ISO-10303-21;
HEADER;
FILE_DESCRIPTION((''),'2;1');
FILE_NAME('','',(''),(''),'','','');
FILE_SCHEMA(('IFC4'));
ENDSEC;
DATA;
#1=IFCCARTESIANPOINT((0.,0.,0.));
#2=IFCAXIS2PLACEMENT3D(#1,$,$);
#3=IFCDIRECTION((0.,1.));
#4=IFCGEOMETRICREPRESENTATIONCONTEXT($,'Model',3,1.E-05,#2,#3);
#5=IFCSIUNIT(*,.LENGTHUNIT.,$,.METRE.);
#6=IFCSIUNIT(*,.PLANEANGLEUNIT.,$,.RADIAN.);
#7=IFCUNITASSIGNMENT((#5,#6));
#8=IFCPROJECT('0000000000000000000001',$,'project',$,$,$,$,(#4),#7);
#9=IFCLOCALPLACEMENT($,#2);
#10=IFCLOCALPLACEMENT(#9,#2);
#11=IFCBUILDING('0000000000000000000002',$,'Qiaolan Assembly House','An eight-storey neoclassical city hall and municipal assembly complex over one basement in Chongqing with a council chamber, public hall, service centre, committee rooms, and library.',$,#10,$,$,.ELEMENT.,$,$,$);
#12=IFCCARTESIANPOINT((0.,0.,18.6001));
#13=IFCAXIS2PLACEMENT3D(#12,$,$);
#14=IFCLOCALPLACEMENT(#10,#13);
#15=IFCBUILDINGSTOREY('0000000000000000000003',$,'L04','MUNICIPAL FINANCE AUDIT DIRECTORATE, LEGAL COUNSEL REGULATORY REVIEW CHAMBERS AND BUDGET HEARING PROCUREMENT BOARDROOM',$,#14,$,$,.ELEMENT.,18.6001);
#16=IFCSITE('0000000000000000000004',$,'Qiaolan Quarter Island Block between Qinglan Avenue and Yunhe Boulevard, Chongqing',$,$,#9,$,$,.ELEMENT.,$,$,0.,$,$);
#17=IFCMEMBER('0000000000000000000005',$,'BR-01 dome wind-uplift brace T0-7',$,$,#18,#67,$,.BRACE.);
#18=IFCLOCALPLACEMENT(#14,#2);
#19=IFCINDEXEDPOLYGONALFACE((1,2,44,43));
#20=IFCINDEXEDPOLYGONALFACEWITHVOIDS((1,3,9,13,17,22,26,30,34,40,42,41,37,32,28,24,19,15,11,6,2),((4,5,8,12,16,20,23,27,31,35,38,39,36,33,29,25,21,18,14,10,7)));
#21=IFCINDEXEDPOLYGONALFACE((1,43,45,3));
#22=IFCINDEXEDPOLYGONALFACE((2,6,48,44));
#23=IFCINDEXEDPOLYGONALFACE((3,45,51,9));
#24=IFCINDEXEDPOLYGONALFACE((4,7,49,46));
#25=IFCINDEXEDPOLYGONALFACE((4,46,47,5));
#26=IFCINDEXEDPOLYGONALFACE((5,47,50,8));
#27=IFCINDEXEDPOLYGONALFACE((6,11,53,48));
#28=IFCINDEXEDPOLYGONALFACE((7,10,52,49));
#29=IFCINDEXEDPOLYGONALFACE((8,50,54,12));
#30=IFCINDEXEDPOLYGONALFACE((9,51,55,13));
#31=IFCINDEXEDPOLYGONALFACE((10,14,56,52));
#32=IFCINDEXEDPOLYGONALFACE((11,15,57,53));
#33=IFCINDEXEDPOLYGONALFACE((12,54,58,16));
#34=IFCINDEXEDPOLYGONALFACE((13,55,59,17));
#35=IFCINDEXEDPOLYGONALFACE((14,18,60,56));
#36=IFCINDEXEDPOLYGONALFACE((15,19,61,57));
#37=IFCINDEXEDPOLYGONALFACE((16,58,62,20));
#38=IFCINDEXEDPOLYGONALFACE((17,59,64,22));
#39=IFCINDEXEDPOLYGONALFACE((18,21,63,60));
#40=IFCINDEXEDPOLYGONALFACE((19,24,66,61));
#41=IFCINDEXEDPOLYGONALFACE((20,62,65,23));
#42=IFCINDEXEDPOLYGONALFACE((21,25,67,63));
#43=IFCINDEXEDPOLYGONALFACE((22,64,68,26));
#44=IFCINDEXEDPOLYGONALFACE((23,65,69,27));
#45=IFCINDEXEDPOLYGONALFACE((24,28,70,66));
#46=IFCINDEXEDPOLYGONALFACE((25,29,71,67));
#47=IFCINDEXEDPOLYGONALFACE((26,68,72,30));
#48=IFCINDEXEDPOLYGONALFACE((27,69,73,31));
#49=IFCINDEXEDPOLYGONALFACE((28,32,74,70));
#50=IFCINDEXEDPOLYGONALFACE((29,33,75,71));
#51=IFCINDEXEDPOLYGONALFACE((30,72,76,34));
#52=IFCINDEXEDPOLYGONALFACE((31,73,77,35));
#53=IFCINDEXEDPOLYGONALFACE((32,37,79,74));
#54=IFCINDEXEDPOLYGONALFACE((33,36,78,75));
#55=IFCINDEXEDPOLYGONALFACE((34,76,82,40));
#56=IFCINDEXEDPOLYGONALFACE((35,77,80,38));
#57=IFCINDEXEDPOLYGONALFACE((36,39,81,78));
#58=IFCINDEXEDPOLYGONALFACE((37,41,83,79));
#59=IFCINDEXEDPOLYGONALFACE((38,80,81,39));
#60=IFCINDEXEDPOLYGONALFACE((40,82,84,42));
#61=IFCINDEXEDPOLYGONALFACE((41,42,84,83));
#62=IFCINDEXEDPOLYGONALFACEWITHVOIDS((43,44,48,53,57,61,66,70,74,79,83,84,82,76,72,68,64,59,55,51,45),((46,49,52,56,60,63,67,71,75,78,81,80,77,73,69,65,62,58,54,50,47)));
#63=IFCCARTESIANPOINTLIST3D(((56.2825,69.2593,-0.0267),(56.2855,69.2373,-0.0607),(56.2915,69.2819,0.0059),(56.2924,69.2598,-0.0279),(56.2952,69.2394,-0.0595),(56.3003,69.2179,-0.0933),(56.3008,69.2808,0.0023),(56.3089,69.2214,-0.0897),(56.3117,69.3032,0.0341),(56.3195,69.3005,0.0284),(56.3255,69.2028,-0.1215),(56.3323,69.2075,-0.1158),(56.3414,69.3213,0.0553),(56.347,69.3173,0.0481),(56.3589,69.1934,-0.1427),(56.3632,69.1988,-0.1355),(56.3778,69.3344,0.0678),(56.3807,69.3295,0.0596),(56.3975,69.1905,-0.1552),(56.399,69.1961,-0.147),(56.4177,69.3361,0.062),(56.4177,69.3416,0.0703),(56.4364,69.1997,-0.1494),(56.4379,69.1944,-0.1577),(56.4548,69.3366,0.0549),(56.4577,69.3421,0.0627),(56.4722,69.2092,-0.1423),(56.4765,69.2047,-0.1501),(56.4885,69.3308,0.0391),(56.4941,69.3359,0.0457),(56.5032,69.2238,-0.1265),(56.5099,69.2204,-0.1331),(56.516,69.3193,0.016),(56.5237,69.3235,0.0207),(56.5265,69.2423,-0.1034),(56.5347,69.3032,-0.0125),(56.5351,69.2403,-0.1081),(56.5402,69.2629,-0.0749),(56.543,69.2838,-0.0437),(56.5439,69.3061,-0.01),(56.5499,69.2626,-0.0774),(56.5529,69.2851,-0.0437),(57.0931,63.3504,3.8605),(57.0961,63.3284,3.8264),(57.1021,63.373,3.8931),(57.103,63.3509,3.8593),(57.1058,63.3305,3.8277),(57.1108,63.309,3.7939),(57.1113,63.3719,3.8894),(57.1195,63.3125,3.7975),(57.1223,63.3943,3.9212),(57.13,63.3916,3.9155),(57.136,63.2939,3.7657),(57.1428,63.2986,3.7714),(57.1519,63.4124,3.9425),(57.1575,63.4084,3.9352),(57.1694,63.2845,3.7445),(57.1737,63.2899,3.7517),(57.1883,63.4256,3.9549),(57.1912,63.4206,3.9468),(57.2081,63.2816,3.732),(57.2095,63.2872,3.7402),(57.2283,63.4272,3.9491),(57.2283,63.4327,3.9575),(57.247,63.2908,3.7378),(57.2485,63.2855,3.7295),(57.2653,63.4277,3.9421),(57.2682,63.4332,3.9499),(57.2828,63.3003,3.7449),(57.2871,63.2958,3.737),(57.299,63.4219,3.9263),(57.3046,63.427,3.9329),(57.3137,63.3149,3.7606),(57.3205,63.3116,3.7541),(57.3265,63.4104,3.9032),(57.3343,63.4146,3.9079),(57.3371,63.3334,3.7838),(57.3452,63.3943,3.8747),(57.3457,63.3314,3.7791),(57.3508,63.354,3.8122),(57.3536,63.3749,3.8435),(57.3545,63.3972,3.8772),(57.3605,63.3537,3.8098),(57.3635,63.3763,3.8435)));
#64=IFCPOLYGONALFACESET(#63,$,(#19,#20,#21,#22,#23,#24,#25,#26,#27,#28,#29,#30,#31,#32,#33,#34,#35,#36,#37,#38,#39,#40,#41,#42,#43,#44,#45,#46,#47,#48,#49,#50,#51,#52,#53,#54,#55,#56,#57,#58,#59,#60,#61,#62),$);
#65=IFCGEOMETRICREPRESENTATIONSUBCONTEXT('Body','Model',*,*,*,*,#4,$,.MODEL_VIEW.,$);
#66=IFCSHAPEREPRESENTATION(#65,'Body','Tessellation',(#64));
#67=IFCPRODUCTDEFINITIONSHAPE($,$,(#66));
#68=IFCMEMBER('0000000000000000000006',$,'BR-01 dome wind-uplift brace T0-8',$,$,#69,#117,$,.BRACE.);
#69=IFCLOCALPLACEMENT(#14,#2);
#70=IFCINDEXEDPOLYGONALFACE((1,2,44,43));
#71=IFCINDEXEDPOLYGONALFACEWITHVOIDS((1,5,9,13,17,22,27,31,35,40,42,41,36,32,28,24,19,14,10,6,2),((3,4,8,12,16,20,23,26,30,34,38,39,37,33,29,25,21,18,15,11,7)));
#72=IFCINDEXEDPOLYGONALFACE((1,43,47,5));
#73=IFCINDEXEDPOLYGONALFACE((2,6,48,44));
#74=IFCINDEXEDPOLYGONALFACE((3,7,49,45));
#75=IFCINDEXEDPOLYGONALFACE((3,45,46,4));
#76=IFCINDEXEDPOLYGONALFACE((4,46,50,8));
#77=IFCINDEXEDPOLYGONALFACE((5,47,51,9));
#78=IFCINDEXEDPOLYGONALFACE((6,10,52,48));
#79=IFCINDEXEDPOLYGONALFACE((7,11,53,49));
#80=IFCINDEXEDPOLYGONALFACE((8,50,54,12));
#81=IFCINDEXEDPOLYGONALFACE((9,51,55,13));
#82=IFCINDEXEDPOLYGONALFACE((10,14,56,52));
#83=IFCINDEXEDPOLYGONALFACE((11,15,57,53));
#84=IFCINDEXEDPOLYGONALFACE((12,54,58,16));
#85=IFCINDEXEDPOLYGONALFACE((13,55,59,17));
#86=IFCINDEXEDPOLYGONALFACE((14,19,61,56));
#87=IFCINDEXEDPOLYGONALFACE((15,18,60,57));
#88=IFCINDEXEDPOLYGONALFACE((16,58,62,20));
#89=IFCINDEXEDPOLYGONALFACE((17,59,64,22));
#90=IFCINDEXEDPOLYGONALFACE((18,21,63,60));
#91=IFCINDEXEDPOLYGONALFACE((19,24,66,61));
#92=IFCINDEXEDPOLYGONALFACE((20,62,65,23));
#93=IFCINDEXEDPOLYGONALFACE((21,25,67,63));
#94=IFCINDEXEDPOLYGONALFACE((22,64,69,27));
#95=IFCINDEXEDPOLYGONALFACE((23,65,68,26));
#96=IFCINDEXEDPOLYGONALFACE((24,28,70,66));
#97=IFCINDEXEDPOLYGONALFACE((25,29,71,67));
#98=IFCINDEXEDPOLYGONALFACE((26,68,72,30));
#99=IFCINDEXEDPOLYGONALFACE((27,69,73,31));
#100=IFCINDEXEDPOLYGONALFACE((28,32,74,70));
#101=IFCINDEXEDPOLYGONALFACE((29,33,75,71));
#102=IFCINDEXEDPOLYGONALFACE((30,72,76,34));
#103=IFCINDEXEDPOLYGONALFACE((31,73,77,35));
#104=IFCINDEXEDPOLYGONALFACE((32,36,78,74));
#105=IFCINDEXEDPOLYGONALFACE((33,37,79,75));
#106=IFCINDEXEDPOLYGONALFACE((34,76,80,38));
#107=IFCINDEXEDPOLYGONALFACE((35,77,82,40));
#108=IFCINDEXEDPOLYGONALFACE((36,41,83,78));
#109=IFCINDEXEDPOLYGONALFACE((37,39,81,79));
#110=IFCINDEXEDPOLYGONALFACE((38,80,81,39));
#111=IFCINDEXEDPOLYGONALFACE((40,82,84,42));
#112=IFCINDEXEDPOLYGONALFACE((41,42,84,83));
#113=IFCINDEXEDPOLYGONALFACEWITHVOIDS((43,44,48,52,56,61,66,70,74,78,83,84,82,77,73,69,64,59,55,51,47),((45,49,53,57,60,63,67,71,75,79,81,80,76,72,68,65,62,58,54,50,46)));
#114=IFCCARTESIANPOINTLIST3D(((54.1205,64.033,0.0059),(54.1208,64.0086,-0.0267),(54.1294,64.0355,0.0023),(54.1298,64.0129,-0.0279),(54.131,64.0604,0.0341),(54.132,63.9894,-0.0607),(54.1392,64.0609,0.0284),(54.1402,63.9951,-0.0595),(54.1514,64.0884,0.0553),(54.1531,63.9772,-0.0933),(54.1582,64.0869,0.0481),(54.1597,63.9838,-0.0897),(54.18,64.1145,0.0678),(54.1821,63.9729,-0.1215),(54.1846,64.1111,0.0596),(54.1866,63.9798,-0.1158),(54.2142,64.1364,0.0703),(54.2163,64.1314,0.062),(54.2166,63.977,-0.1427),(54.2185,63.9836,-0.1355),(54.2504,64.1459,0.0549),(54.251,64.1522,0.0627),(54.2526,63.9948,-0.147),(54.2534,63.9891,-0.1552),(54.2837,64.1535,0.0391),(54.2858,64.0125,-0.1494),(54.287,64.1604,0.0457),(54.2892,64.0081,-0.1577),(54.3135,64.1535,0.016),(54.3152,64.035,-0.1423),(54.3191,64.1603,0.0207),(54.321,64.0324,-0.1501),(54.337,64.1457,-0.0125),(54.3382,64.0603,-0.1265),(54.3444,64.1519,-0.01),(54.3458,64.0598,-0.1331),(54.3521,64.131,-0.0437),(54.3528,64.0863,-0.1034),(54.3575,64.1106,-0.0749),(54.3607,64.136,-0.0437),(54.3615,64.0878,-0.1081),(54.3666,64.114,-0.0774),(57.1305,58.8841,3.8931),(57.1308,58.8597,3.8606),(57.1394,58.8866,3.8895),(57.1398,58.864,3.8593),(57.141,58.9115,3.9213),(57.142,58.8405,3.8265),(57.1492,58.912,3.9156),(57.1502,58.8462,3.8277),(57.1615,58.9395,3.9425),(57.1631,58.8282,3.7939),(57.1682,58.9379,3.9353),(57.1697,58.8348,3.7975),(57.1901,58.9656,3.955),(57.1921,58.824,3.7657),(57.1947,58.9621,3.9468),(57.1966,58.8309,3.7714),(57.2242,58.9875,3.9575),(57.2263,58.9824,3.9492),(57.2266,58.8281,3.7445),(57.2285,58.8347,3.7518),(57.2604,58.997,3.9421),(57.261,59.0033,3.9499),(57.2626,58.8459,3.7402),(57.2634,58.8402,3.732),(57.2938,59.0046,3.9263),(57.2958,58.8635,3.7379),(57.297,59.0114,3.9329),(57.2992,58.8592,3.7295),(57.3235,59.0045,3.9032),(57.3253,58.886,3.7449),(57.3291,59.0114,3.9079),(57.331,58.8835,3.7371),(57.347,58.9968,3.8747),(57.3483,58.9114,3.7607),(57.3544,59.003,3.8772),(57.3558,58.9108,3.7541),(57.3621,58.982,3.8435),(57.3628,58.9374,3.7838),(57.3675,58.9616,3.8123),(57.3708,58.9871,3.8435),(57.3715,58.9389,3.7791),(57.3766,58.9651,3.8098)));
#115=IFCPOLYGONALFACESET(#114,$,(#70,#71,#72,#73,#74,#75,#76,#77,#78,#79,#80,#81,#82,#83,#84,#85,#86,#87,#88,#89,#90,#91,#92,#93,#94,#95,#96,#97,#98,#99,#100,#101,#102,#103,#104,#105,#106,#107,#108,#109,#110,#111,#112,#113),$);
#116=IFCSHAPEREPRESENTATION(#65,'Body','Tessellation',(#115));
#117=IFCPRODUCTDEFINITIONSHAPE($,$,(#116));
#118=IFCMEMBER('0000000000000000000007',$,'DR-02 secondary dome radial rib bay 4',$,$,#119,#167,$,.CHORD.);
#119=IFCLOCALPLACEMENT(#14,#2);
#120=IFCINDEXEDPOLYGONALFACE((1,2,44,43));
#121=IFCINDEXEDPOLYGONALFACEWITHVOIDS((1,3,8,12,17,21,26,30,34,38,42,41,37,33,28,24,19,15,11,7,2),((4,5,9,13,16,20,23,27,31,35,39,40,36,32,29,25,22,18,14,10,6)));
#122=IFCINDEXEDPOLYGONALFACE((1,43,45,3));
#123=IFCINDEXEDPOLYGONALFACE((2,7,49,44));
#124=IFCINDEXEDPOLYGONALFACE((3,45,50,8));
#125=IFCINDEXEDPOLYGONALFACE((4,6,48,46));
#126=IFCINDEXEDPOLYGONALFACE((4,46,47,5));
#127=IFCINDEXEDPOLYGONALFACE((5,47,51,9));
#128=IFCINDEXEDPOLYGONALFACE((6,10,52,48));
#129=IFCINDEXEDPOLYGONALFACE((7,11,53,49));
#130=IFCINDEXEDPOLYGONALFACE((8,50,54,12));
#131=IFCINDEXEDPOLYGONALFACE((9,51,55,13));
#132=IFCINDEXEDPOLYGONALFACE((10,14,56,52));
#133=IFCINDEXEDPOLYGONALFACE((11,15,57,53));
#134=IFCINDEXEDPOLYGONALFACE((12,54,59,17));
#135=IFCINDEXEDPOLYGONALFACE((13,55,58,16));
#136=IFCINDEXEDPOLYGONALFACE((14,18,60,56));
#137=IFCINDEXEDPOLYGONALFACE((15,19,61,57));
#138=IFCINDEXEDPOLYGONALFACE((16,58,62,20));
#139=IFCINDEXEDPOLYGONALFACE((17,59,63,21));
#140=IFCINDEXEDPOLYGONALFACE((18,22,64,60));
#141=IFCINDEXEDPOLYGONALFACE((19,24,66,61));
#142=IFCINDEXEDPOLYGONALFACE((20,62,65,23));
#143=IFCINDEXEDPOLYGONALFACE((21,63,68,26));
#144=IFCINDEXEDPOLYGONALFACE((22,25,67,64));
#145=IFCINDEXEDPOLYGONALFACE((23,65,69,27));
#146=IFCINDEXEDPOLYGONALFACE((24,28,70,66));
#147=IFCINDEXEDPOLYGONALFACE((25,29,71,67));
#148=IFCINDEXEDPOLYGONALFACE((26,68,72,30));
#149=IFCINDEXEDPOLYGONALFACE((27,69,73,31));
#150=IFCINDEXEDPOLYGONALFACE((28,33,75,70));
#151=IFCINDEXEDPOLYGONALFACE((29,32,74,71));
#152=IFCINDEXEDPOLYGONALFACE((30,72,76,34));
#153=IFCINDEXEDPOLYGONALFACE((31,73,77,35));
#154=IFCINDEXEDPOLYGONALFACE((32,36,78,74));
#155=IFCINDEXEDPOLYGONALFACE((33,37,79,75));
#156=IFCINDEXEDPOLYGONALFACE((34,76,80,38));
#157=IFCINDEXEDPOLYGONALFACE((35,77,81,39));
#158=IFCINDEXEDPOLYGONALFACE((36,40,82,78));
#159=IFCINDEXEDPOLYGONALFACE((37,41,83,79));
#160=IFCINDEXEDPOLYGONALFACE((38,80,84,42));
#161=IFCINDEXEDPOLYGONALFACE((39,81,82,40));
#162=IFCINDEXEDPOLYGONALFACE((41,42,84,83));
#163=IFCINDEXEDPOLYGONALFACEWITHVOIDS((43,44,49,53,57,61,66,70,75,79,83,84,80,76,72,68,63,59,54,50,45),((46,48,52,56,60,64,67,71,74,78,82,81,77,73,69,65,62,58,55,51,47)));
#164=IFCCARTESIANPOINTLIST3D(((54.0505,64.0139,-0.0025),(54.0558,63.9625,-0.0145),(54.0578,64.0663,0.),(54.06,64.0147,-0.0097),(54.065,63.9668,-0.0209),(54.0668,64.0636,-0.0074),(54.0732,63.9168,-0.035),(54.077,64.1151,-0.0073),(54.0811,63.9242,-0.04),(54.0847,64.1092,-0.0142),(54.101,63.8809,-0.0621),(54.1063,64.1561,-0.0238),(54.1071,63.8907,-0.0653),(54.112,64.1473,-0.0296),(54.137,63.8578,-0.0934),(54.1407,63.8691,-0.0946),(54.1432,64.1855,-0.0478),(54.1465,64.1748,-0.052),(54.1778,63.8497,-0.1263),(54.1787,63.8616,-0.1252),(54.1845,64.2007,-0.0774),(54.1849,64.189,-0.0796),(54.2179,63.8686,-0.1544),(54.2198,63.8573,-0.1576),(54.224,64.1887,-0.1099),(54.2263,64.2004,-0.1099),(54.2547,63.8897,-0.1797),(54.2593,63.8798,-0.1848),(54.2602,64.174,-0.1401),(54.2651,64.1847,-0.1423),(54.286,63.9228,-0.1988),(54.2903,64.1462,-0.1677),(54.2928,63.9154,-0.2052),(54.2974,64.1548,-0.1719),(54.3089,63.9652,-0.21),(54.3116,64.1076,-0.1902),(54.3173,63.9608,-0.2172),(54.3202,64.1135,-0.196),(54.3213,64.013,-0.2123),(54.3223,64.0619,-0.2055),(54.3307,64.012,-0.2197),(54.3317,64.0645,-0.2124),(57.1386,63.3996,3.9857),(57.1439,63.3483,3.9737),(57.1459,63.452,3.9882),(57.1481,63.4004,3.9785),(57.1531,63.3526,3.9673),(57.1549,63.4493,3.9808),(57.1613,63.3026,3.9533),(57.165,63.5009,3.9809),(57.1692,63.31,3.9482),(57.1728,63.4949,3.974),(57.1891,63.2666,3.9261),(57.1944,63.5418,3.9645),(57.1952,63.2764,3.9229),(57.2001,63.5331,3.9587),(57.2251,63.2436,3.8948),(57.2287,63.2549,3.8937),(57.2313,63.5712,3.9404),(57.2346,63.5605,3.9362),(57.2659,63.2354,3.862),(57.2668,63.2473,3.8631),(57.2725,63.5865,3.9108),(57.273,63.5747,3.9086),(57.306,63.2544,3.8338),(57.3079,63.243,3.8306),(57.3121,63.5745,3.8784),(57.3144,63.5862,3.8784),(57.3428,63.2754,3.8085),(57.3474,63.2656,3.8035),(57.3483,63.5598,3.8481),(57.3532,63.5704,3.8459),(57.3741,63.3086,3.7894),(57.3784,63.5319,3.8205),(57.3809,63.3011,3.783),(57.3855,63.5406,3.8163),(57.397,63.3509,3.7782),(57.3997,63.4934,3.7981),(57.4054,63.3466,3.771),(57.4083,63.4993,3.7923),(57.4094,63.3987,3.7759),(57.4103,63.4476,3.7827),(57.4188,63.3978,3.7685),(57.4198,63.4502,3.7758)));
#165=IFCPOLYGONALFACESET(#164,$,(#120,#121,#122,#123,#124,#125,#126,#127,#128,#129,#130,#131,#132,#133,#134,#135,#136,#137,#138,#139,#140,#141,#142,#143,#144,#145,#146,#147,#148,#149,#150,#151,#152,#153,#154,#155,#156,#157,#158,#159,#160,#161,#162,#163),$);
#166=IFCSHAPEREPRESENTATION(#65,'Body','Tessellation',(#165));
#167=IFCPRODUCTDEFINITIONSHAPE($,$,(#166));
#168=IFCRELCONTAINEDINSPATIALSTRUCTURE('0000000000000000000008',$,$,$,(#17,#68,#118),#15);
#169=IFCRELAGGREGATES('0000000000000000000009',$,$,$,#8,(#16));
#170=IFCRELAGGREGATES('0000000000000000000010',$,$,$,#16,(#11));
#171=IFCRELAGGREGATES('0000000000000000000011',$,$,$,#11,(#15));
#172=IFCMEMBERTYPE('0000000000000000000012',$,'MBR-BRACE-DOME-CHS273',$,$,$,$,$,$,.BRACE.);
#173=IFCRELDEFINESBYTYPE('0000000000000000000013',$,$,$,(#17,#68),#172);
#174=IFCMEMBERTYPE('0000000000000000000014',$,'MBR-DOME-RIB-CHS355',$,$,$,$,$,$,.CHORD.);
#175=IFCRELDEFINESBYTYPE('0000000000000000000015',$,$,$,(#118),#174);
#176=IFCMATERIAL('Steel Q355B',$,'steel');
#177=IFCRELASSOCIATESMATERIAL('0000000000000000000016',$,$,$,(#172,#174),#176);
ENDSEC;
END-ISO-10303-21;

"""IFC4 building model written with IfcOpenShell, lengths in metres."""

from ifc_helpers import new_model, si_unit, direction, frame, origin, origin_2d, place, context, subcontext, project, spatial, hollow_circle, extrude, material, material_profile, profile_set, type_object, element, save


model = new_model("IFC4")

# Units and contexts
model_context = context("Model", 3, precision=1e-05, world=origin(), true_north=direction((0.0, 1.0)))
body_context = subcontext(model_context, "Body", "Model", "MODEL_VIEW")
ifc_project = project(units=[si_unit("LENGTHUNIT", "METRE"), si_unit("PLANEANGLEUNIT", "RADIAN")], contexts=[model_context])

# Site, building, storey
site_placement = place(None, origin())
site = spatial("IfcSite", under=ifc_project, at=site_placement, Name="Qiaolan Quarter Island Block between Qinglan Avenue and Yunhe Boulevard, Chongqing", CompositionType="ELEMENT", RefElevation=0.0)
building_placement = place(site_placement, origin())
building = spatial("IfcBuilding", under=site, at=building_placement, Name="Qiaolan Assembly House", Description="An eight-storey neoclassical city hall and municipal assembly complex over one basement in Chongqing with a council chamber, public hall, service centre, committee rooms, and library.", CompositionType="ELEMENT")
storey_placement = place(building_placement, frame((0.0, 0.0, 18.6001)))
storey = spatial("IfcBuildingStorey", under=building, at=storey_placement, Name="L04", Description="MUNICIPAL FINANCE AUDIT DIRECTORATE, LEGAL COUNSEL REGULATORY REVIEW CHAMBERS AND BUDGET HEARING PROCUREMENT BOARDROOM", CompositionType="ELEMENT", Elevation=18.6001)

# Shared definitions
ifc_material_1 = material(Name="Steel Q355B", Category="steel")

# Members
ifc_material_profile_1 = material_profile(ifc_material_1, hollow_circle(Radius=0.1365, WallThickness=0.01, at=origin_2d()), Name="CHS 273x10")
ifc_profile_set_1 = profile_set([ifc_material_profile_1], Name="Steel Q355B")
member_type_1 = type_object("IfcMemberType", Name="MBR-BRACE-DOME-CHS273", PredefinedType="BRACE", material=ifc_profile_set_1)
for number, where, z_axis, x_axis, name in (
    (1, (56.4177, 69.2666, -0.0437), (0.113854, -0.830001, 0.546018), (0.990722, 0.1359, 0.0), "BR-01 dome wind-uplift brace T0-7"),
    (2, (54.2429, 64.0671, -0.0437), (0.422806, -0.723252, 0.546023), (0.863306, 0.50468, 0.0), "BR-01 dome wind-uplift brace T0-8"),
):
    element("IfcMember", number, at=place(storey_placement, frame(where, z_axis=z_axis, x_axis=x_axis)), inside=storey, type_object=member_type_1, Name=name, PredefinedType="BRACE", context=body_context, shape_type="SweptSolid", body=[
        extrude(hollow_circle(Radius=0.1365, WallThickness=0.01, at=origin_2d()), origin(), (0.0, 0.0, 1.0), 7.1191),
    ])
ifc_material_profile_2 = material_profile(ifc_material_1, hollow_circle(Radius=0.1777, WallThickness=0.012, at=origin_2d()), Name="CHS 355.6x12")
ifc_profile_set_2 = profile_set([ifc_material_profile_2], Name="Steel Q355B")
member_type_2 = type_object("IfcMemberType", Name="MBR-DOME-RIB-CHS355", PredefinedType="CHORD", material=ifc_profile_set_2)
member_1_placement = place(storey_placement, frame((54.1917, 64.0261, -0.1099), z_axis=(0.607737, -0.120884, 0.784884), x_axis=(0.195087, 0.980786, 0.0)))
element("IfcMember", 3, at=member_1_placement, inside=storey, type_object=member_type_2, Name="DR-02 secondary dome radial rib bay 4", PredefinedType="CHORD", context=body_context, shape_type="SweptSolid", body=[
    extrude(hollow_circle(Radius=0.1777, WallThickness=0.012, at=origin_2d()), origin(), (0.0, 0.0, 1.0), 5.0813),
])

save(model, "model.ifc")
